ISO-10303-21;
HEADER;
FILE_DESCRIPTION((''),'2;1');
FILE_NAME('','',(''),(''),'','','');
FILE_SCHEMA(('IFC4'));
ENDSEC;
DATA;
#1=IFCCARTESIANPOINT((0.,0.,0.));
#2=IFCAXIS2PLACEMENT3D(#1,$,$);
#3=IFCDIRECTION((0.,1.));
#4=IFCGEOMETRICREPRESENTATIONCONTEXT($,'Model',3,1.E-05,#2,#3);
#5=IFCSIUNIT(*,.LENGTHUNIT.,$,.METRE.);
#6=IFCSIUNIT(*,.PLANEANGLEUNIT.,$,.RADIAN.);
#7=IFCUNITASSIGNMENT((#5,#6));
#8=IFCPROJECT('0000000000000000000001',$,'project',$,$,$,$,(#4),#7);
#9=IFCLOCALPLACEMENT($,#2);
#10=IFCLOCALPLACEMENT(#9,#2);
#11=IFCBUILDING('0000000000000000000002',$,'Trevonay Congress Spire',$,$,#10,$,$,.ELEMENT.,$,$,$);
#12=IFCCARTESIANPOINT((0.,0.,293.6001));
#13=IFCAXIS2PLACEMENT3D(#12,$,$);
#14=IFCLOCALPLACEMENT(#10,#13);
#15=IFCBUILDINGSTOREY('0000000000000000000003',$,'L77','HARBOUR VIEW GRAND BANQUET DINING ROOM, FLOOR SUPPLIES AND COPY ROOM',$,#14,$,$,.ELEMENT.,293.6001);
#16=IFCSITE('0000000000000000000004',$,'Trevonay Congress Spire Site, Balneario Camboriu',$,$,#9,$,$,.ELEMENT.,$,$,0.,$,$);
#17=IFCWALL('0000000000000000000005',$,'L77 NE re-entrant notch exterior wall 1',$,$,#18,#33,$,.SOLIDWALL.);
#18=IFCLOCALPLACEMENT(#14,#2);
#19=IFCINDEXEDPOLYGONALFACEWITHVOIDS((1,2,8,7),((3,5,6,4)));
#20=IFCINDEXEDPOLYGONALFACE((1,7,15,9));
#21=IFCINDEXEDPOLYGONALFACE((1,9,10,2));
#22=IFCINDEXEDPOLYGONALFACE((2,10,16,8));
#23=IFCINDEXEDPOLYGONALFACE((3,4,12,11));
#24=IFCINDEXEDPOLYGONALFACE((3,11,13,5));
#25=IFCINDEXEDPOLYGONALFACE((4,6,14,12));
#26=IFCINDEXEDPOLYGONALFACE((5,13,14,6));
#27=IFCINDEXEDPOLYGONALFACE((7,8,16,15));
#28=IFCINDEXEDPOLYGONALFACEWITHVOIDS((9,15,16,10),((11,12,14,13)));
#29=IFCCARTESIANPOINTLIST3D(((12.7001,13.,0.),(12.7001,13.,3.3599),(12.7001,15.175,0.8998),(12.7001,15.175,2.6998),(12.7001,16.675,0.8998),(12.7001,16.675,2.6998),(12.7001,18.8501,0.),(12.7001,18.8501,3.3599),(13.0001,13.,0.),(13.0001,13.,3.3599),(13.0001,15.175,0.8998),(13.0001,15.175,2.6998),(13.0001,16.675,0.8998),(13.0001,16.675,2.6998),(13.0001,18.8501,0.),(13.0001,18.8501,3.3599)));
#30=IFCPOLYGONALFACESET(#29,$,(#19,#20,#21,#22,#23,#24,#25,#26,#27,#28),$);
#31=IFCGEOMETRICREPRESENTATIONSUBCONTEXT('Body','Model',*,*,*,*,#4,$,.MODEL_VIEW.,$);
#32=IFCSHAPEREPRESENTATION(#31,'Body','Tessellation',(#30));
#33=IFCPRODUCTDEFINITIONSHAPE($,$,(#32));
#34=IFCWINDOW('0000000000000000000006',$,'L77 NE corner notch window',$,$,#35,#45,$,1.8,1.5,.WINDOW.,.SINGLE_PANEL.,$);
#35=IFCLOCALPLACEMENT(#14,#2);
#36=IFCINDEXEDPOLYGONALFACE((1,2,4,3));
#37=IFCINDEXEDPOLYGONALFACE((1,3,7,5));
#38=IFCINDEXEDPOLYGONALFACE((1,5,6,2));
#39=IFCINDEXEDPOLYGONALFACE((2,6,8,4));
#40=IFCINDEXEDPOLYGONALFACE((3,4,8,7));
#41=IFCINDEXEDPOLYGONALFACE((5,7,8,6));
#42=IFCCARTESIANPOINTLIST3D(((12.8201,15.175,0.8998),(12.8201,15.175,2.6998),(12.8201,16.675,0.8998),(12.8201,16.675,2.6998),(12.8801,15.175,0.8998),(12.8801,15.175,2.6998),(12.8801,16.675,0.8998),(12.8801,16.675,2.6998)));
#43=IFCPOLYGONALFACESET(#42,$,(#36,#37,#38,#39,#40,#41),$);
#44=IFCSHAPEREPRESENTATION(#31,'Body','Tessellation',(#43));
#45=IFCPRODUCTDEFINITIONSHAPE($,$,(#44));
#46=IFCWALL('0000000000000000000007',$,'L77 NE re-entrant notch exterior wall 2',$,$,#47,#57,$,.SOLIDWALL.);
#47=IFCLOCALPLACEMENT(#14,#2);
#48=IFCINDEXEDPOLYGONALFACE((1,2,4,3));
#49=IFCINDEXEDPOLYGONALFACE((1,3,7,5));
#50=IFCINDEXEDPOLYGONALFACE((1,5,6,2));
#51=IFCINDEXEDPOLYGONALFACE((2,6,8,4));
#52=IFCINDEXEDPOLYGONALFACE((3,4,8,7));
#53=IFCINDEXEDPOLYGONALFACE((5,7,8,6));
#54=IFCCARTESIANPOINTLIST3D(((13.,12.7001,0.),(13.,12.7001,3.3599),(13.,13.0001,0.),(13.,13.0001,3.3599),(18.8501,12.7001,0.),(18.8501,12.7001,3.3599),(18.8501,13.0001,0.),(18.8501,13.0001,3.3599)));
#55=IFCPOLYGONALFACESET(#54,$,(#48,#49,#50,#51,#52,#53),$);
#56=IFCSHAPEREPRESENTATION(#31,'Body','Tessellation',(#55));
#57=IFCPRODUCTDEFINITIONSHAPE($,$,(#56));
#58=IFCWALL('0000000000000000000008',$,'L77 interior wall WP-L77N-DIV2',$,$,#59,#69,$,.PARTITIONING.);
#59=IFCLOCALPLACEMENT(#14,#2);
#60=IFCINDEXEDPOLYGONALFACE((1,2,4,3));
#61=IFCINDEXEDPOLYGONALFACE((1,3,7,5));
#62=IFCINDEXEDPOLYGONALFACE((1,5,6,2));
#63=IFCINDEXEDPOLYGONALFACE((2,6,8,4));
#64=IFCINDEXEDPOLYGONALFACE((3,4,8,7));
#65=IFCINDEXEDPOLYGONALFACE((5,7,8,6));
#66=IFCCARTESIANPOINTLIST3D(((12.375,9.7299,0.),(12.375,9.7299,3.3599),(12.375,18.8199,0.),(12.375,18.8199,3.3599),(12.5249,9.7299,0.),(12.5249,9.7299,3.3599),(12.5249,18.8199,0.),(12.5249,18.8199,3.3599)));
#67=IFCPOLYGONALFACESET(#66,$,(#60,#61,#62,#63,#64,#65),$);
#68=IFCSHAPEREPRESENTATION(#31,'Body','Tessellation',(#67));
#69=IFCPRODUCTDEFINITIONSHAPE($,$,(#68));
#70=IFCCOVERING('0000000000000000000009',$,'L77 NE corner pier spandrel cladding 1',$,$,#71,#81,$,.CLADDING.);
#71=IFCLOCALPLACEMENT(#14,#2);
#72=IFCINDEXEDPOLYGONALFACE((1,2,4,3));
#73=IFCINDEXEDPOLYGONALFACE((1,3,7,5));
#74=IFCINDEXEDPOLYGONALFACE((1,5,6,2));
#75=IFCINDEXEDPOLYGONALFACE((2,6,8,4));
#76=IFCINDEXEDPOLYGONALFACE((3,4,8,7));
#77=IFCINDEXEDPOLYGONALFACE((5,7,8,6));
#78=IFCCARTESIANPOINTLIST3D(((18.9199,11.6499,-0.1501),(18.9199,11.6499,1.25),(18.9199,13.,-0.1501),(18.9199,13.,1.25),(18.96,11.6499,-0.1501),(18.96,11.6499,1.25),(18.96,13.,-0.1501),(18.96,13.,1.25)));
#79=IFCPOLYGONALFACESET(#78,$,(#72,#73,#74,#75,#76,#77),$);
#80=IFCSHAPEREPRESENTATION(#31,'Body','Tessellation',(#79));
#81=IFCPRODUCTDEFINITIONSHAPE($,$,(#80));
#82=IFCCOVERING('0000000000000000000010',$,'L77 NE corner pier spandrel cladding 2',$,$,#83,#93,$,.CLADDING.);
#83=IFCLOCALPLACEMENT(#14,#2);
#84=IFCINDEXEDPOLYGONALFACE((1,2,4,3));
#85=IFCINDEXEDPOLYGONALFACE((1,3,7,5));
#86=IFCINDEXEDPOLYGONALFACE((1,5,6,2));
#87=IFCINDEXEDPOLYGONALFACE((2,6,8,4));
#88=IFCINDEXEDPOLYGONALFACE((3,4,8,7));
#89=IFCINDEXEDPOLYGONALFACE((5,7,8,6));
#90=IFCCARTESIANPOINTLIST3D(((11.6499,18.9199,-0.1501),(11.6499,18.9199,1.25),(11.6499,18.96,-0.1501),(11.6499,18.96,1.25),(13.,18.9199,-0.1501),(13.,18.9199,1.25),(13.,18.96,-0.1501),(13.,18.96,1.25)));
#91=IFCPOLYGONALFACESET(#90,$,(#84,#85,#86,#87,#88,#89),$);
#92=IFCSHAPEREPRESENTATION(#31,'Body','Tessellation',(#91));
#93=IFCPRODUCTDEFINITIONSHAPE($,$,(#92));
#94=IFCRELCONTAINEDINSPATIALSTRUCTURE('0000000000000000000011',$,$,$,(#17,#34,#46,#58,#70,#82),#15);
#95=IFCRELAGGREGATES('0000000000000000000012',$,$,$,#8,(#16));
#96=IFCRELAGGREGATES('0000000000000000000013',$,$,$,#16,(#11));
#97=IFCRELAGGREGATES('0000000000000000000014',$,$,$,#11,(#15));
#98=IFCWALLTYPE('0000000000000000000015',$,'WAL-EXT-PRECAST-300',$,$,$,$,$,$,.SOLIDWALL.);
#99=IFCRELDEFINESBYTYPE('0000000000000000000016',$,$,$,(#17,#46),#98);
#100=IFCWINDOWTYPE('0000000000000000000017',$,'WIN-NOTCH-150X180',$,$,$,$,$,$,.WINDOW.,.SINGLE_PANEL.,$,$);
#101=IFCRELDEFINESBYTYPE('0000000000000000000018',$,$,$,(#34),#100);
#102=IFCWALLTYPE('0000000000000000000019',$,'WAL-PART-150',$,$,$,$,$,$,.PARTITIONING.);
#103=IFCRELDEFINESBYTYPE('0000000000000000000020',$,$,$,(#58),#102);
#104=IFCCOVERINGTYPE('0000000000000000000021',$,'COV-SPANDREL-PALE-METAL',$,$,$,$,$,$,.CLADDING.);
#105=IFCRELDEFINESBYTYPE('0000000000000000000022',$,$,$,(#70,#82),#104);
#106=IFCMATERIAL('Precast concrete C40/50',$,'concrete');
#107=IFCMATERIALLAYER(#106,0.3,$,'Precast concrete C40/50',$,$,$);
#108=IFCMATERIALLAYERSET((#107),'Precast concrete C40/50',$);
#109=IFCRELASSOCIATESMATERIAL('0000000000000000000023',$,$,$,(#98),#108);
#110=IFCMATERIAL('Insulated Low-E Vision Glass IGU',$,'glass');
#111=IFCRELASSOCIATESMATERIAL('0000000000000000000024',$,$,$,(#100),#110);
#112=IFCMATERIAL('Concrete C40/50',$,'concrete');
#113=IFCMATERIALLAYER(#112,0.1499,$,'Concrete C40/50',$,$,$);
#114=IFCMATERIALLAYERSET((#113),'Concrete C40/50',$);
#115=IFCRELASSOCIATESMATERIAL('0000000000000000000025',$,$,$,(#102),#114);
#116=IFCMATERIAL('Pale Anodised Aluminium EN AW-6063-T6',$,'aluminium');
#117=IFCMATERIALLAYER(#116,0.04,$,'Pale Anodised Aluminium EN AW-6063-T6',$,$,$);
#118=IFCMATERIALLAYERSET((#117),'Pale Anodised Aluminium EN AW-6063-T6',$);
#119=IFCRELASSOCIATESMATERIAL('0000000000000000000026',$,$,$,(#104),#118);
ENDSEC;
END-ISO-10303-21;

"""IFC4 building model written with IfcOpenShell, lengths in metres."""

from ifc_helpers import new_model, si_unit, direction, frame, frame_2d, origin, place, context, subcontext, project, spatial, rectangle, extrude, material, layer, layer_set, type_object, element, fill, save


model = new_model("IFC4")

# Units and contexts
model_context = context("Model", 3, precision=1e-05, world=origin(), true_north=direction((0.0, 1.0)))
body_context = subcontext(model_context, "Body", "Model", "MODEL_VIEW")
ifc_project = project(units=[si_unit("LENGTHUNIT", "METRE"), si_unit("PLANEANGLEUNIT", "RADIAN")], contexts=[model_context])

# Site, building, storey
site_placement = place(None, origin())
site = spatial("IfcSite", under=ifc_project, at=site_placement, Name="Trevonay Congress Spire Site, Balneario Camboriu", CompositionType="ELEMENT", RefElevation=0.0)
building_placement = place(site_placement, origin())
building = spatial("IfcBuilding", under=site, at=building_placement, Name="Trevonay Congress Spire", CompositionType="ELEMENT")
storey_placement = place(building_placement, frame((0.0, 0.0, 293.6001)))
storey = spatial("IfcBuildingStorey", under=building, at=storey_placement, Name="L77", Description="HARBOUR VIEW GRAND BANQUET DINING ROOM, FLOOR SUPPLIES AND COPY ROOM", CompositionType="ELEMENT", Elevation=293.6001)

# Shared definitions
ifc_material_1 = material(Name="Pale Anodised Aluminium EN AW-6063-T6", Category="aluminium")

# Shared definitions
ifc_material_2 = material(Name="Insulated Low-E Vision Glass IGU", Category="glass")

# Wall, opening, window
ifc_material_3 = material(Name="Precast concrete C40/50", Category="concrete")
ifc_layer_1 = layer(ifc_material_3, 0.3, Name="Precast concrete C40/50")
ifc_layer_set_1 = layer_set([ifc_layer_1], Name="Precast concrete C40/50")
wall_type_1 = type_object("IfcWallType", Name="WAL-EXT-PRECAST-300", PredefinedType="SOLIDWALL", material=ifc_layer_set_1)
wall_1_placement = place(storey_placement, frame((12.8501, 18.8501, 0.0), z_axis=(0.0, 0.0, 1.0), x_axis=(0.0, -1.0, 0.0)))
wall_1 = element("IfcWall", 1, at=wall_1_placement, inside=storey, type_object=wall_type_1, Name="L77 NE re-entrant notch exterior wall 1", PredefinedType="SOLIDWALL", context=body_context, shape_type="SweptSolid", body=[
    extrude(rectangle(XDim=5.8501, YDim=0.3, at=frame_2d((2.925, 0.0))), origin(), (0.0, 0.0, 1.0), 3.3599),
])
opening_placement = place(wall_1_placement, frame((2.175, 0.0, 0.8999)))
opening = element("IfcOpeningElement", 2, at=opening_placement, cuts=wall_1, PredefinedType="OPENING", context=body_context, shape_type="SweptSolid", body=[
    extrude(rectangle(XDim=1.5, YDim=1.8, at=frame_2d((0.75, 0.8999))), frame((0.0, 0.1602, 0.0), z_axis=(0.0, -1.0, 0.0), x_axis=(1.0, 0.0, 0.0)), (0.0, 0.0, 1.0), 0.3201),
])
window_type = type_object("IfcWindowType", Name="WIN-NOTCH-150X180", PartitioningType="SINGLE_PANEL", PredefinedType="WINDOW", material=ifc_material_2)
window_placement = place(opening_placement, origin())
window = element("IfcWindow", 3, at=window_placement, inside=storey, type_object=window_type, Name="L77 NE corner notch window", OverallHeight=1.8, OverallWidth=1.5, PartitioningType="SINGLE_PANEL", PredefinedType="WINDOW", context=body_context, shape_type="SweptSolid", body=[
    extrude(rectangle(XDim=1.5, YDim=1.8, at=frame_2d((0.75, 0.8999))), frame((0.0, 0.03, 0.0), z_axis=(0.0, -1.0, 0.0), x_axis=(1.0, 0.0, 0.0)), (0.0, 0.0, 1.0), 0.0601),
])
fill(opening, window)

# Walls
wall_2_placement = place(storey_placement, frame((18.8501, 12.8501, 0.0), z_axis=(0.0, 0.0, 1.0), x_axis=(-1.0, 0.0, 0.0)))
element("IfcWall", 4, at=wall_2_placement, inside=storey, type_object=wall_type_1, Name="L77 NE re-entrant notch exterior wall 2", PredefinedType="SOLIDWALL", context=body_context, shape_type="SweptSolid", body=[
    extrude(rectangle(XDim=5.8501, YDim=0.3, at=frame_2d((2.925, 0.0))), origin(), (0.0, 0.0, 1.0), 3.3599),
])
ifc_material_4 = material(Name="Concrete C40/50", Category="concrete")
ifc_layer_2 = layer(ifc_material_4, 0.1499, Name="Concrete C40/50")
ifc_layer_set_2 = layer_set([ifc_layer_2], Name="Concrete C40/50")
wall_type_2 = type_object("IfcWallType", Name="WAL-PART-150", PredefinedType="PARTITIONING", material=ifc_layer_set_2)
wall_3_placement = place(storey_placement, frame((12.45, 9.73, 0.0), z_axis=(0.0, 0.0, 1.0), x_axis=(0.0, 1.0, 0.0)))
element("IfcWall", 5, at=wall_3_placement, inside=storey, type_object=wall_type_2, Name="L77 interior wall WP-L77N-DIV2", PredefinedType="PARTITIONING", context=body_context, shape_type="SweptSolid", body=[
    extrude(rectangle(XDim=9.0901, YDim=0.1499, at=frame_2d((4.5449, 0.0))), origin(), (0.0, 0.0, 1.0), 3.3599),
])

# Coverings
ifc_layer_3 = layer(ifc_material_1, 0.04, Name="Pale Anodised Aluminium EN AW-6063-T6")
ifc_layer_set_3 = layer_set([ifc_layer_3], Name="Pale Anodised Aluminium EN AW-6063-T6")
covering_type = type_object("IfcCoveringType", Name="COV-SPANDREL-PALE-METAL", PredefinedType="CLADDING", material=ifc_layer_set_3)
for number, where, z_axis, x_axis, name in (
    (6, (18.9399, 11.6499, -0.1501), (0.0, 0.0, 1.0), (0.0, 1.0, 0.0), "L77 NE corner pier spandrel cladding 1"),
    (7, (11.6499, 18.9399, -0.1501), (0.0, 0.0, 1.0), (1.0, 0.0, 0.0), "L77 NE corner pier spandrel cladding 2"),
):
    element("IfcCovering", number, at=place(storey_placement, frame(where, z_axis=z_axis, x_axis=x_axis)), inside=storey, type_object=covering_type, Name=name, PredefinedType="CLADDING", context=body_context, shape_type="SweptSolid", body=[
        extrude(rectangle(XDim=1.3501, YDim=0.04, at=frame_2d((0.675, 0.0))), origin(), (0.0, 0.0, 1.0), 1.4001),
    ])

save(model, "model.ifc")
